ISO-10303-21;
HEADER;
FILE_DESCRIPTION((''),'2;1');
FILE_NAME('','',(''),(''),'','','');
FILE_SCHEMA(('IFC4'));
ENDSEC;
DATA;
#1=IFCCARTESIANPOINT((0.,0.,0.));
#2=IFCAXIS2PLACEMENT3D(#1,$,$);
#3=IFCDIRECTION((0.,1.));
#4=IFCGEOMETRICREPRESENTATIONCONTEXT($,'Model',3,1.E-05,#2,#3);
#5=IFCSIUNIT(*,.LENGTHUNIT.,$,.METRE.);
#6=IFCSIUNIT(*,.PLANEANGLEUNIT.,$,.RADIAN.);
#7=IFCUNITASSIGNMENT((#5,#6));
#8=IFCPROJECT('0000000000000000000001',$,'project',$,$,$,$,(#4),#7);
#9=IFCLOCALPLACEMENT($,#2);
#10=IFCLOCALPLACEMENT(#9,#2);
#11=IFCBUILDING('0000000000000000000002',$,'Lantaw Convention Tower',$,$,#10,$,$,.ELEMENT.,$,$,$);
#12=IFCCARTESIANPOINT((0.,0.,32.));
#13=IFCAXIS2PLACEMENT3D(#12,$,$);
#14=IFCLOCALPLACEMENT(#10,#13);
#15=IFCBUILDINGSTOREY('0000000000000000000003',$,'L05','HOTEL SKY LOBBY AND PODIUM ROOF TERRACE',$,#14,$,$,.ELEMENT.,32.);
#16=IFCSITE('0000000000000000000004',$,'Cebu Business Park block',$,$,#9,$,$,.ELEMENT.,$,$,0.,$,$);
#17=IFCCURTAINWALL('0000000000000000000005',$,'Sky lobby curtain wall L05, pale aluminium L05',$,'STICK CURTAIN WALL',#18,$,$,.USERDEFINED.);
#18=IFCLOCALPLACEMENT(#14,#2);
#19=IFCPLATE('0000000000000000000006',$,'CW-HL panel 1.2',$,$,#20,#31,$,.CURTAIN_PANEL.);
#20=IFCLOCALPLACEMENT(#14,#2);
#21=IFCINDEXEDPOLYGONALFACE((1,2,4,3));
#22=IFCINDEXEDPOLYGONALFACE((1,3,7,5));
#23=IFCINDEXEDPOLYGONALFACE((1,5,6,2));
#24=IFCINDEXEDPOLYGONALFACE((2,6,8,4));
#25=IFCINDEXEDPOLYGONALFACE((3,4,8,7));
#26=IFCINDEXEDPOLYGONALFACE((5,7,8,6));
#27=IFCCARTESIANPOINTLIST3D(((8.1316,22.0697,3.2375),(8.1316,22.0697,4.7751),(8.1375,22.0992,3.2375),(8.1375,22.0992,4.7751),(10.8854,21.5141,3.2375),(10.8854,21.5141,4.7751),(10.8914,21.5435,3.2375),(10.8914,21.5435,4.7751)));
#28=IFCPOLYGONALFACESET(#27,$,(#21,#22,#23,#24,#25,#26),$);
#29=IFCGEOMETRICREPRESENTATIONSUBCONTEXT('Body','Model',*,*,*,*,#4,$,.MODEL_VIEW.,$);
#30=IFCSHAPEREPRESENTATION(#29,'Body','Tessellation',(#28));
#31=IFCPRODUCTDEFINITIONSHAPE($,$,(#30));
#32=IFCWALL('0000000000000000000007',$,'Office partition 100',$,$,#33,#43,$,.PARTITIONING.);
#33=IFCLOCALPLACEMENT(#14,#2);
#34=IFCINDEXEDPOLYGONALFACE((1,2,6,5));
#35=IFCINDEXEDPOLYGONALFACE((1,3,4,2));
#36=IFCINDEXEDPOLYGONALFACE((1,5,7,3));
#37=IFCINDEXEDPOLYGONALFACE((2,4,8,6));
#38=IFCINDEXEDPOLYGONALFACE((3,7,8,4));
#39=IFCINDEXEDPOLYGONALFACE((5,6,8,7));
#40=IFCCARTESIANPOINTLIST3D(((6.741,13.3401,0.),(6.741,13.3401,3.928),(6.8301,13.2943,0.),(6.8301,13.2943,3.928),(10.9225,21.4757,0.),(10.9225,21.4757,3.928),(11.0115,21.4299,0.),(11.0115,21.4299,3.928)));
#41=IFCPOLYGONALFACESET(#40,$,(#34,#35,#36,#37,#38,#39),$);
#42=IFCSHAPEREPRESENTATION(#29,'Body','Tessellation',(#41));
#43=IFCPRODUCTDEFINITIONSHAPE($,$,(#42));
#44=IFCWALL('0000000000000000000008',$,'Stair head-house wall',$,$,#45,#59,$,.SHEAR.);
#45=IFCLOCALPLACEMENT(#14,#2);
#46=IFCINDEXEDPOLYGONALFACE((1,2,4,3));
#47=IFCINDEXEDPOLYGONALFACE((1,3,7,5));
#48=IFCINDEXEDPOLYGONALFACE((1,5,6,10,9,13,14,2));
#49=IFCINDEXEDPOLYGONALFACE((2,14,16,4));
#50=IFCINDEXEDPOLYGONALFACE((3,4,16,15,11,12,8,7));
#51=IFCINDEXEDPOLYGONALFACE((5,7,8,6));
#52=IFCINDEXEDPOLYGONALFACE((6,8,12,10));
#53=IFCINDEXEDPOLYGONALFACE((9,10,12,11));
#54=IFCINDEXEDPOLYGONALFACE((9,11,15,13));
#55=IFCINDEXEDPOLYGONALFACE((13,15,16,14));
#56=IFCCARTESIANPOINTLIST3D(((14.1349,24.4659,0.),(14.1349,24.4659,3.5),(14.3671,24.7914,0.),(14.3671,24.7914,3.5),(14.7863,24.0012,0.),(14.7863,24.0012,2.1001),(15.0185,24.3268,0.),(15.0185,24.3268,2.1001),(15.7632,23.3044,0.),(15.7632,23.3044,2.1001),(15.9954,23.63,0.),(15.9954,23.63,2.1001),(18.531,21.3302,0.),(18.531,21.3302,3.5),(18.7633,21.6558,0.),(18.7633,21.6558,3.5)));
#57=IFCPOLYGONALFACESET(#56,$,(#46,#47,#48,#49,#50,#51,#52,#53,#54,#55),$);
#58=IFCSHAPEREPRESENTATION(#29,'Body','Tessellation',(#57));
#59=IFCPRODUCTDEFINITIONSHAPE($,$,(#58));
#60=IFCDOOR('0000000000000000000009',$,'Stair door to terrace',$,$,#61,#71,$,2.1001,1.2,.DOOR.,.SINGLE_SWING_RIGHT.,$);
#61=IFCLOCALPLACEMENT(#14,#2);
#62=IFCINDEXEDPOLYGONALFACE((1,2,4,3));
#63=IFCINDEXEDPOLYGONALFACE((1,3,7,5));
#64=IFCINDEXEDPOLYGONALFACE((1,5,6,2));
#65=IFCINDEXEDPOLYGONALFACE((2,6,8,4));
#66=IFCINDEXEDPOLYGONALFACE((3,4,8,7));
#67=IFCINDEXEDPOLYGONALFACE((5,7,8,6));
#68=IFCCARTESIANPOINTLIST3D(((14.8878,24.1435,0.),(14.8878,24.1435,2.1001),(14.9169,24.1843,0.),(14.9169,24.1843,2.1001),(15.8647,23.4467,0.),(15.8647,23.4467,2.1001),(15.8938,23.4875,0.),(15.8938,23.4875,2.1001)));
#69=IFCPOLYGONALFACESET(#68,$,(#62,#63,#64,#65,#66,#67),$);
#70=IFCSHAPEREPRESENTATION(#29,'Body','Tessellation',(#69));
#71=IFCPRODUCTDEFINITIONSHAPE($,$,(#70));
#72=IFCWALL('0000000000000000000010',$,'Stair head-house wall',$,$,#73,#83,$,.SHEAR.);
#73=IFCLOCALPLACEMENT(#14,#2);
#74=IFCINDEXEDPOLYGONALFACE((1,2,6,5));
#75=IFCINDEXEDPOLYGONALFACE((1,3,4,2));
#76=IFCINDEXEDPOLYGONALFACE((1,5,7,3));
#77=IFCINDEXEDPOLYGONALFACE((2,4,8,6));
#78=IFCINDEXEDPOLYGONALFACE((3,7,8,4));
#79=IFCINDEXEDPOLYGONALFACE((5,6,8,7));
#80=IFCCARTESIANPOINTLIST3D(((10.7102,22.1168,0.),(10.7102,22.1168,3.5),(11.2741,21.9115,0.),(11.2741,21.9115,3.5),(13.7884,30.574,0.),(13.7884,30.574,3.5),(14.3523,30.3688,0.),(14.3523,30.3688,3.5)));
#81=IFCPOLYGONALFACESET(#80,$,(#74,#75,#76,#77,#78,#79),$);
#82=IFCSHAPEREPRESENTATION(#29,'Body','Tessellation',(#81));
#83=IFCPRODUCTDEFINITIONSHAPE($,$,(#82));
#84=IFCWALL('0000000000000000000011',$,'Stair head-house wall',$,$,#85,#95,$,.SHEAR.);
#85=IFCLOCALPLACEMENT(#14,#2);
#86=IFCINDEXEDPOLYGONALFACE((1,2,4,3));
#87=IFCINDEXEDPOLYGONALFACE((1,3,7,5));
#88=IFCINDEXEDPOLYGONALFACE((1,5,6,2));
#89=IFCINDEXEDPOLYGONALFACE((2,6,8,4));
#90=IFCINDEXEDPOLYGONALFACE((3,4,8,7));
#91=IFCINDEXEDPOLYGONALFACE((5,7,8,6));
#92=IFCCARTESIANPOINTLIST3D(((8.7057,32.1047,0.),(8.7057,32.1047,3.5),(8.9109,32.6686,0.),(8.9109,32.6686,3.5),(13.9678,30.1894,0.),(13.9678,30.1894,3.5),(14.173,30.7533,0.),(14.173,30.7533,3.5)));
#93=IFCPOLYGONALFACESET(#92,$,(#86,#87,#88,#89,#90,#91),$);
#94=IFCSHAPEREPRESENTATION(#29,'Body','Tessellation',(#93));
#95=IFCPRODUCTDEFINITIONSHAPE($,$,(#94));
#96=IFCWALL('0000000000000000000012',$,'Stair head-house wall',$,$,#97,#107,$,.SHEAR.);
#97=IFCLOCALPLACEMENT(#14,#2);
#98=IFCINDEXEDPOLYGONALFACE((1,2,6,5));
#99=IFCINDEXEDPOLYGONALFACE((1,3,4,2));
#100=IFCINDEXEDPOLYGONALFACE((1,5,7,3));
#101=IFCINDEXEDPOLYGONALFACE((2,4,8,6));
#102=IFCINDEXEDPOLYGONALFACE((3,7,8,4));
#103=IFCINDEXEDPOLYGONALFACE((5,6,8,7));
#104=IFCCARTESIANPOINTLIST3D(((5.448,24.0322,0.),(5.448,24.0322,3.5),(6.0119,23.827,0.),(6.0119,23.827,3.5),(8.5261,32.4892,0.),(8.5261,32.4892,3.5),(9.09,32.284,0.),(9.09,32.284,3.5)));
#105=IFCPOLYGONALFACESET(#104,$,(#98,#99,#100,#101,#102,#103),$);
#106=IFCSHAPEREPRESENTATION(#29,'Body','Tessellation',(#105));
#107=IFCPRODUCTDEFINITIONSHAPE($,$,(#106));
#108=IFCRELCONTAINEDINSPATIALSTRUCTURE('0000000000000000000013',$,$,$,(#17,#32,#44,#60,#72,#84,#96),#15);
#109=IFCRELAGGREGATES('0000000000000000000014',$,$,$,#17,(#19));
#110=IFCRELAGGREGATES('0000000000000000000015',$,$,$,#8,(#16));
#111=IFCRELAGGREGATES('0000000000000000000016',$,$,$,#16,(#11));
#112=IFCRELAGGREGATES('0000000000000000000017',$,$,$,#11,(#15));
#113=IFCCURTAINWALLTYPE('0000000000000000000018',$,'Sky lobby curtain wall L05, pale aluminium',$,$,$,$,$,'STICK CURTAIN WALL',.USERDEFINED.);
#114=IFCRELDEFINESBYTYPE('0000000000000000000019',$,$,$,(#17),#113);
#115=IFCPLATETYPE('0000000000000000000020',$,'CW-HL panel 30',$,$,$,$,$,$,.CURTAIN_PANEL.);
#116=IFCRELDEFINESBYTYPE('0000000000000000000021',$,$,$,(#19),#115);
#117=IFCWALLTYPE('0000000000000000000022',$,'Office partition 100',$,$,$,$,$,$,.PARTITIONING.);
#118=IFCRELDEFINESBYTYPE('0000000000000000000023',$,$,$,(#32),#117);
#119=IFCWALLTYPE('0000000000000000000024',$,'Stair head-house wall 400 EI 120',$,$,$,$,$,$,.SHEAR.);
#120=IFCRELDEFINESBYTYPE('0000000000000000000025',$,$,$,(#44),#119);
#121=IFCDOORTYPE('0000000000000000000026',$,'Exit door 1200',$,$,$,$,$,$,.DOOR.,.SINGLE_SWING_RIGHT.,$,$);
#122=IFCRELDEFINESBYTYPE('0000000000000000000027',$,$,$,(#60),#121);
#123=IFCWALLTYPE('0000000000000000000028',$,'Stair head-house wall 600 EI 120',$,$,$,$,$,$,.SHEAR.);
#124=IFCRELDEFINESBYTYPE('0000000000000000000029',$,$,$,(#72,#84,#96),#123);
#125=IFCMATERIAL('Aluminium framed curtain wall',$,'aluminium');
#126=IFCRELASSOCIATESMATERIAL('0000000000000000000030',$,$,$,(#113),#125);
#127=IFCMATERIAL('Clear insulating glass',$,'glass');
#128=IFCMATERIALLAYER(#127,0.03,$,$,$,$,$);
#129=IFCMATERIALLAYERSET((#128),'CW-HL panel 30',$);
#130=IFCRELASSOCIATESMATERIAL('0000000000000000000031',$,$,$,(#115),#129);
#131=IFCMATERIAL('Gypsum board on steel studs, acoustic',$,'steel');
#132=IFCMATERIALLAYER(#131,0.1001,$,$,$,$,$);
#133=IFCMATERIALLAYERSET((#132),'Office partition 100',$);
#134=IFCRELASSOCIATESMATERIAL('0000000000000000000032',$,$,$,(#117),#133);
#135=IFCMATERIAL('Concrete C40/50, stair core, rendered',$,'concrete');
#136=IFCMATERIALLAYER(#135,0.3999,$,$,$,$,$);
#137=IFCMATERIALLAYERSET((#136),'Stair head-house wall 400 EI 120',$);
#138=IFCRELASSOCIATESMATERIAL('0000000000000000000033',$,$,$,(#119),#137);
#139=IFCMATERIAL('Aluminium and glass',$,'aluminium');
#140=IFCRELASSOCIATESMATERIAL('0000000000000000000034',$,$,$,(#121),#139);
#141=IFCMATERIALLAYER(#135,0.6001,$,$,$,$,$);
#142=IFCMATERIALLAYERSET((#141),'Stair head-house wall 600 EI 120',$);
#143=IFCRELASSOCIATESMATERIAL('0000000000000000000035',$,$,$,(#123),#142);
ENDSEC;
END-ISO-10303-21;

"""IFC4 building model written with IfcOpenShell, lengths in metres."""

from ifc_helpers import new_model, si_unit, direction, frame, frame_2d, origin, origin_2d, place, context, subcontext, project, spatial, rectangle, extrude, material, layer, layer_set, type_object, element, fill, aggregate, save


model = new_model("IFC4")

# Units and contexts
model_context = context("Model", 3, precision=1e-05, world=origin(), true_north=direction((0.0, 1.0)))
body_context = subcontext(model_context, "Body", "Model", "MODEL_VIEW")
ifc_project = project(units=[si_unit("LENGTHUNIT", "METRE"), si_unit("PLANEANGLEUNIT", "RADIAN")], contexts=[model_context])

# Site, building, storey
site_placement = place(None, origin())
site = spatial("IfcSite", under=ifc_project, at=site_placement, Name="Cebu Business Park block", CompositionType="ELEMENT", RefElevation=0.0)
building_placement = place(site_placement, origin())
building = spatial("IfcBuilding", under=site, at=building_placement, Name="Lantaw Convention Tower", CompositionType="ELEMENT")
storey_placement = place(building_placement, frame((0.0, 0.0, 32.0)))
storey = spatial("IfcBuildingStorey", under=building, at=storey_placement, Name="L05", Description="HOTEL SKY LOBBY AND PODIUM ROOF TERRACE", CompositionType="ELEMENT", Elevation=32.0)

# Shared definitions
ifc_material_1 = material(Name="Aluminium framed curtain wall", Category="aluminium")
curtain_wall_type = type_object("IfcCurtainWallType", Name="Sky lobby curtain wall L05, pale aluminium", ElementType="STICK CURTAIN WALL", PredefinedType="USERDEFINED", material=ifc_material_1)

# Curtain wall
curtain_wall_1_placement = place(storey_placement, origin())
curtain_wall_1 = element("IfcCurtainWall", 1, at=curtain_wall_1_placement, inside=storey, type_object=curtain_wall_type, Name="Sky lobby curtain wall L05, pale aluminium L05", ObjectType="STICK CURTAIN WALL", PredefinedType="USERDEFINED")

# Plate
ifc_material_2 = material(Name="Clear insulating glass", Category="glass")
ifc_layer_1 = layer(ifc_material_2, 0.03)
ifc_layer_set_1 = layer_set([ifc_layer_1], Name="CW-HL panel 30")
plate_type = type_object("IfcPlateType", Name="CW-HL panel 30", PredefinedType="CURTAIN_PANEL", material=ifc_layer_set_1)
plate_1_placement = place(storey_placement, frame((9.5115, 21.8066, 3.2375), z_axis=(0.0, 0.0, 1.0), x_axis=(-0.980245, 0.197789, 0.0)))
plate_1 = element("IfcPlate", 2, at=plate_1_placement, type_object=plate_type, Name="CW-HL panel 1.2", PredefinedType="CURTAIN_PANEL", context=body_context, shape_type="SweptSolid", body=[
    extrude(rectangle(XDim=2.8093, YDim=0.03, at=origin_2d()), origin(), (0.0, 0.0, 1.0), 1.5376),
])
aggregate(curtain_wall_1, [plate_1])

# Wall
ifc_material_3 = material(Name="Gypsum board on steel studs, acoustic", Category="steel")
ifc_layer_2 = layer(ifc_material_3, 0.1001)
ifc_layer_set_2 = layer_set([ifc_layer_2], Name="Office partition 100")
wall_type_1 = type_object("IfcWallType", Name="Office partition 100", PredefinedType="PARTITIONING", material=ifc_layer_set_2)
wall_1_placement = place(storey_placement, frame((10.967, 21.4529, 0.0), z_axis=(0.0, 0.0, 1.0), x_axis=(-0.457125, -0.889402, 0.0)))
element("IfcWall", 3, at=wall_1_placement, inside=storey, type_object=wall_type_1, Name="Office partition 100", PredefinedType="PARTITIONING", context=body_context, shape_type="SweptSolid", body=[
    extrude(rectangle(XDim=9.1472, YDim=0.1001, at=frame_2d((4.5737, 0.0))), origin(), (0.0, 0.0, 1.0), 3.928),
])

# Wall, opening, door
ifc_material_4 = material(Name="Concrete C40/50, stair core, rendered", Category="concrete")
ifc_layer_3 = layer(ifc_material_4, 0.3999)
ifc_layer_set_3 = layer_set([ifc_layer_3], Name="Stair head-house wall 400 EI 120")
wall_type_2 = type_object("IfcWallType", Name="Stair head-house wall 400 EI 120", PredefinedType="SHEAR", material=ifc_layer_set_3)
wall_2_placement = place(storey_placement, frame((14.251, 24.6287, 0.0), z_axis=(0.0, 0.0, 1.0), x_axis=(0.814121, -0.580695, 0.0)))
wall_2 = element("IfcWall", 4, at=wall_2_placement, inside=storey, type_object=wall_type_2, Name="Stair head-house wall", PredefinedType="SHEAR", context=body_context, shape_type="SweptSolid", body=[
    extrude(rectangle(XDim=5.3999, YDim=0.3999, at=frame_2d((2.7, 0.0))), origin(), (0.0, 0.0, 1.0), 3.5),
])
opening_placement = place(wall_2_placement, frame((0.8, 0.0, 0.0)))
opening = element("IfcOpeningElement", 5, at=opening_placement, cuts=wall_2, PredefinedType="OPENING", context=body_context, shape_type="SweptSolid", body=[
    extrude(rectangle(XDim=1.2, YDim=2.1001, at=frame_2d((0.6001, 1.05))), frame((0.0, 0.21, 0.0), z_axis=(0.0, -1.0, 0.0), x_axis=(1.0, 0.0, 0.0)), (0.0, 0.0, 1.0), 0.4199),
])
ifc_material_5 = material(Name="Aluminium and glass", Category="aluminium")
door_type = type_object("IfcDoorType", Name="Exit door 1200", OperationType="SINGLE_SWING_RIGHT", PredefinedType="DOOR", material=ifc_material_5)
door_placement = place(opening_placement, origin())
door = element("IfcDoor", 6, at=door_placement, inside=storey, type_object=door_type, Name="Stair door to terrace", OperationType="SINGLE_SWING_RIGHT", OverallHeight=2.1001, OverallWidth=1.2, PredefinedType="DOOR", context=body_context, shape_type="SweptSolid", body=[
    extrude(rectangle(XDim=1.2, YDim=2.1001, at=frame_2d((0.6001, 1.05))), frame((0.0, 0.0249, 0.0), z_axis=(0.0, -1.0, 0.0), x_axis=(1.0, 0.0, 0.0)), (0.0, 0.0, 1.0), 0.05),
])
fill(opening, door)

# Walls
ifc_layer_4 = layer(ifc_material_4, 0.6001)
ifc_layer_set_4 = layer_set([ifc_layer_4], Name="Stair head-house wall 600 EI 120")
wall_type_3 = type_object("IfcWallType", Name="Stair head-house wall 600 EI 120", PredefinedType="SHEAR", material=ifc_layer_set_4)
wall_3_placement = place(storey_placement, frame((10.9922, 22.0142, 0.0), z_axis=(0.0, 0.0, 1.0), x_axis=(0.342013, 0.939695, 0.0)))
element("IfcWall", 7, at=wall_3_placement, inside=storey, type_object=wall_type_3, Name="Stair head-house wall", PredefinedType="SHEAR", context=body_context, shape_type="SweptSolid", body=[
    extrude(rectangle(XDim=9.0, YDim=0.6001, at=frame_2d((4.5, 0.0))), origin(), (0.0, 0.0, 1.0), 3.5),
])
wall_4_placement = place(storey_placement, frame((14.0703, 30.4714, 0.0), z_axis=(0.0, 0.0, 1.0), x_axis=(-0.939693, 0.34202, 0.0)))
element("IfcWall", 8, at=wall_4_placement, inside=storey, type_object=wall_type_3, Name="Stair head-house wall", PredefinedType="SHEAR", context=body_context, shape_type="SweptSolid", body=[
    extrude(rectangle(XDim=5.5999, YDim=0.6001, at=frame_2d((2.7998, 0.0))), origin(), (0.0, 0.0, 1.0), 3.5),
])
wall_5_placement = place(storey_placement, frame((8.8081, 32.3867, 0.0), z_axis=(0.0, 0.0, 1.0), x_axis=(-0.342022, -0.939692, 0.0)))
element("IfcWall", 9, at=wall_5_placement, inside=storey, type_object=wall_type_3, Name="Stair head-house wall", PredefinedType="SHEAR", context=body_context, shape_type="SweptSolid", body=[
    extrude(rectangle(XDim=8.9998, YDim=0.6001, at=frame_2d((4.5, 0.0))), origin(), (0.0, 0.0, 1.0), 3.5),
])

save(model, "model.ifc")
